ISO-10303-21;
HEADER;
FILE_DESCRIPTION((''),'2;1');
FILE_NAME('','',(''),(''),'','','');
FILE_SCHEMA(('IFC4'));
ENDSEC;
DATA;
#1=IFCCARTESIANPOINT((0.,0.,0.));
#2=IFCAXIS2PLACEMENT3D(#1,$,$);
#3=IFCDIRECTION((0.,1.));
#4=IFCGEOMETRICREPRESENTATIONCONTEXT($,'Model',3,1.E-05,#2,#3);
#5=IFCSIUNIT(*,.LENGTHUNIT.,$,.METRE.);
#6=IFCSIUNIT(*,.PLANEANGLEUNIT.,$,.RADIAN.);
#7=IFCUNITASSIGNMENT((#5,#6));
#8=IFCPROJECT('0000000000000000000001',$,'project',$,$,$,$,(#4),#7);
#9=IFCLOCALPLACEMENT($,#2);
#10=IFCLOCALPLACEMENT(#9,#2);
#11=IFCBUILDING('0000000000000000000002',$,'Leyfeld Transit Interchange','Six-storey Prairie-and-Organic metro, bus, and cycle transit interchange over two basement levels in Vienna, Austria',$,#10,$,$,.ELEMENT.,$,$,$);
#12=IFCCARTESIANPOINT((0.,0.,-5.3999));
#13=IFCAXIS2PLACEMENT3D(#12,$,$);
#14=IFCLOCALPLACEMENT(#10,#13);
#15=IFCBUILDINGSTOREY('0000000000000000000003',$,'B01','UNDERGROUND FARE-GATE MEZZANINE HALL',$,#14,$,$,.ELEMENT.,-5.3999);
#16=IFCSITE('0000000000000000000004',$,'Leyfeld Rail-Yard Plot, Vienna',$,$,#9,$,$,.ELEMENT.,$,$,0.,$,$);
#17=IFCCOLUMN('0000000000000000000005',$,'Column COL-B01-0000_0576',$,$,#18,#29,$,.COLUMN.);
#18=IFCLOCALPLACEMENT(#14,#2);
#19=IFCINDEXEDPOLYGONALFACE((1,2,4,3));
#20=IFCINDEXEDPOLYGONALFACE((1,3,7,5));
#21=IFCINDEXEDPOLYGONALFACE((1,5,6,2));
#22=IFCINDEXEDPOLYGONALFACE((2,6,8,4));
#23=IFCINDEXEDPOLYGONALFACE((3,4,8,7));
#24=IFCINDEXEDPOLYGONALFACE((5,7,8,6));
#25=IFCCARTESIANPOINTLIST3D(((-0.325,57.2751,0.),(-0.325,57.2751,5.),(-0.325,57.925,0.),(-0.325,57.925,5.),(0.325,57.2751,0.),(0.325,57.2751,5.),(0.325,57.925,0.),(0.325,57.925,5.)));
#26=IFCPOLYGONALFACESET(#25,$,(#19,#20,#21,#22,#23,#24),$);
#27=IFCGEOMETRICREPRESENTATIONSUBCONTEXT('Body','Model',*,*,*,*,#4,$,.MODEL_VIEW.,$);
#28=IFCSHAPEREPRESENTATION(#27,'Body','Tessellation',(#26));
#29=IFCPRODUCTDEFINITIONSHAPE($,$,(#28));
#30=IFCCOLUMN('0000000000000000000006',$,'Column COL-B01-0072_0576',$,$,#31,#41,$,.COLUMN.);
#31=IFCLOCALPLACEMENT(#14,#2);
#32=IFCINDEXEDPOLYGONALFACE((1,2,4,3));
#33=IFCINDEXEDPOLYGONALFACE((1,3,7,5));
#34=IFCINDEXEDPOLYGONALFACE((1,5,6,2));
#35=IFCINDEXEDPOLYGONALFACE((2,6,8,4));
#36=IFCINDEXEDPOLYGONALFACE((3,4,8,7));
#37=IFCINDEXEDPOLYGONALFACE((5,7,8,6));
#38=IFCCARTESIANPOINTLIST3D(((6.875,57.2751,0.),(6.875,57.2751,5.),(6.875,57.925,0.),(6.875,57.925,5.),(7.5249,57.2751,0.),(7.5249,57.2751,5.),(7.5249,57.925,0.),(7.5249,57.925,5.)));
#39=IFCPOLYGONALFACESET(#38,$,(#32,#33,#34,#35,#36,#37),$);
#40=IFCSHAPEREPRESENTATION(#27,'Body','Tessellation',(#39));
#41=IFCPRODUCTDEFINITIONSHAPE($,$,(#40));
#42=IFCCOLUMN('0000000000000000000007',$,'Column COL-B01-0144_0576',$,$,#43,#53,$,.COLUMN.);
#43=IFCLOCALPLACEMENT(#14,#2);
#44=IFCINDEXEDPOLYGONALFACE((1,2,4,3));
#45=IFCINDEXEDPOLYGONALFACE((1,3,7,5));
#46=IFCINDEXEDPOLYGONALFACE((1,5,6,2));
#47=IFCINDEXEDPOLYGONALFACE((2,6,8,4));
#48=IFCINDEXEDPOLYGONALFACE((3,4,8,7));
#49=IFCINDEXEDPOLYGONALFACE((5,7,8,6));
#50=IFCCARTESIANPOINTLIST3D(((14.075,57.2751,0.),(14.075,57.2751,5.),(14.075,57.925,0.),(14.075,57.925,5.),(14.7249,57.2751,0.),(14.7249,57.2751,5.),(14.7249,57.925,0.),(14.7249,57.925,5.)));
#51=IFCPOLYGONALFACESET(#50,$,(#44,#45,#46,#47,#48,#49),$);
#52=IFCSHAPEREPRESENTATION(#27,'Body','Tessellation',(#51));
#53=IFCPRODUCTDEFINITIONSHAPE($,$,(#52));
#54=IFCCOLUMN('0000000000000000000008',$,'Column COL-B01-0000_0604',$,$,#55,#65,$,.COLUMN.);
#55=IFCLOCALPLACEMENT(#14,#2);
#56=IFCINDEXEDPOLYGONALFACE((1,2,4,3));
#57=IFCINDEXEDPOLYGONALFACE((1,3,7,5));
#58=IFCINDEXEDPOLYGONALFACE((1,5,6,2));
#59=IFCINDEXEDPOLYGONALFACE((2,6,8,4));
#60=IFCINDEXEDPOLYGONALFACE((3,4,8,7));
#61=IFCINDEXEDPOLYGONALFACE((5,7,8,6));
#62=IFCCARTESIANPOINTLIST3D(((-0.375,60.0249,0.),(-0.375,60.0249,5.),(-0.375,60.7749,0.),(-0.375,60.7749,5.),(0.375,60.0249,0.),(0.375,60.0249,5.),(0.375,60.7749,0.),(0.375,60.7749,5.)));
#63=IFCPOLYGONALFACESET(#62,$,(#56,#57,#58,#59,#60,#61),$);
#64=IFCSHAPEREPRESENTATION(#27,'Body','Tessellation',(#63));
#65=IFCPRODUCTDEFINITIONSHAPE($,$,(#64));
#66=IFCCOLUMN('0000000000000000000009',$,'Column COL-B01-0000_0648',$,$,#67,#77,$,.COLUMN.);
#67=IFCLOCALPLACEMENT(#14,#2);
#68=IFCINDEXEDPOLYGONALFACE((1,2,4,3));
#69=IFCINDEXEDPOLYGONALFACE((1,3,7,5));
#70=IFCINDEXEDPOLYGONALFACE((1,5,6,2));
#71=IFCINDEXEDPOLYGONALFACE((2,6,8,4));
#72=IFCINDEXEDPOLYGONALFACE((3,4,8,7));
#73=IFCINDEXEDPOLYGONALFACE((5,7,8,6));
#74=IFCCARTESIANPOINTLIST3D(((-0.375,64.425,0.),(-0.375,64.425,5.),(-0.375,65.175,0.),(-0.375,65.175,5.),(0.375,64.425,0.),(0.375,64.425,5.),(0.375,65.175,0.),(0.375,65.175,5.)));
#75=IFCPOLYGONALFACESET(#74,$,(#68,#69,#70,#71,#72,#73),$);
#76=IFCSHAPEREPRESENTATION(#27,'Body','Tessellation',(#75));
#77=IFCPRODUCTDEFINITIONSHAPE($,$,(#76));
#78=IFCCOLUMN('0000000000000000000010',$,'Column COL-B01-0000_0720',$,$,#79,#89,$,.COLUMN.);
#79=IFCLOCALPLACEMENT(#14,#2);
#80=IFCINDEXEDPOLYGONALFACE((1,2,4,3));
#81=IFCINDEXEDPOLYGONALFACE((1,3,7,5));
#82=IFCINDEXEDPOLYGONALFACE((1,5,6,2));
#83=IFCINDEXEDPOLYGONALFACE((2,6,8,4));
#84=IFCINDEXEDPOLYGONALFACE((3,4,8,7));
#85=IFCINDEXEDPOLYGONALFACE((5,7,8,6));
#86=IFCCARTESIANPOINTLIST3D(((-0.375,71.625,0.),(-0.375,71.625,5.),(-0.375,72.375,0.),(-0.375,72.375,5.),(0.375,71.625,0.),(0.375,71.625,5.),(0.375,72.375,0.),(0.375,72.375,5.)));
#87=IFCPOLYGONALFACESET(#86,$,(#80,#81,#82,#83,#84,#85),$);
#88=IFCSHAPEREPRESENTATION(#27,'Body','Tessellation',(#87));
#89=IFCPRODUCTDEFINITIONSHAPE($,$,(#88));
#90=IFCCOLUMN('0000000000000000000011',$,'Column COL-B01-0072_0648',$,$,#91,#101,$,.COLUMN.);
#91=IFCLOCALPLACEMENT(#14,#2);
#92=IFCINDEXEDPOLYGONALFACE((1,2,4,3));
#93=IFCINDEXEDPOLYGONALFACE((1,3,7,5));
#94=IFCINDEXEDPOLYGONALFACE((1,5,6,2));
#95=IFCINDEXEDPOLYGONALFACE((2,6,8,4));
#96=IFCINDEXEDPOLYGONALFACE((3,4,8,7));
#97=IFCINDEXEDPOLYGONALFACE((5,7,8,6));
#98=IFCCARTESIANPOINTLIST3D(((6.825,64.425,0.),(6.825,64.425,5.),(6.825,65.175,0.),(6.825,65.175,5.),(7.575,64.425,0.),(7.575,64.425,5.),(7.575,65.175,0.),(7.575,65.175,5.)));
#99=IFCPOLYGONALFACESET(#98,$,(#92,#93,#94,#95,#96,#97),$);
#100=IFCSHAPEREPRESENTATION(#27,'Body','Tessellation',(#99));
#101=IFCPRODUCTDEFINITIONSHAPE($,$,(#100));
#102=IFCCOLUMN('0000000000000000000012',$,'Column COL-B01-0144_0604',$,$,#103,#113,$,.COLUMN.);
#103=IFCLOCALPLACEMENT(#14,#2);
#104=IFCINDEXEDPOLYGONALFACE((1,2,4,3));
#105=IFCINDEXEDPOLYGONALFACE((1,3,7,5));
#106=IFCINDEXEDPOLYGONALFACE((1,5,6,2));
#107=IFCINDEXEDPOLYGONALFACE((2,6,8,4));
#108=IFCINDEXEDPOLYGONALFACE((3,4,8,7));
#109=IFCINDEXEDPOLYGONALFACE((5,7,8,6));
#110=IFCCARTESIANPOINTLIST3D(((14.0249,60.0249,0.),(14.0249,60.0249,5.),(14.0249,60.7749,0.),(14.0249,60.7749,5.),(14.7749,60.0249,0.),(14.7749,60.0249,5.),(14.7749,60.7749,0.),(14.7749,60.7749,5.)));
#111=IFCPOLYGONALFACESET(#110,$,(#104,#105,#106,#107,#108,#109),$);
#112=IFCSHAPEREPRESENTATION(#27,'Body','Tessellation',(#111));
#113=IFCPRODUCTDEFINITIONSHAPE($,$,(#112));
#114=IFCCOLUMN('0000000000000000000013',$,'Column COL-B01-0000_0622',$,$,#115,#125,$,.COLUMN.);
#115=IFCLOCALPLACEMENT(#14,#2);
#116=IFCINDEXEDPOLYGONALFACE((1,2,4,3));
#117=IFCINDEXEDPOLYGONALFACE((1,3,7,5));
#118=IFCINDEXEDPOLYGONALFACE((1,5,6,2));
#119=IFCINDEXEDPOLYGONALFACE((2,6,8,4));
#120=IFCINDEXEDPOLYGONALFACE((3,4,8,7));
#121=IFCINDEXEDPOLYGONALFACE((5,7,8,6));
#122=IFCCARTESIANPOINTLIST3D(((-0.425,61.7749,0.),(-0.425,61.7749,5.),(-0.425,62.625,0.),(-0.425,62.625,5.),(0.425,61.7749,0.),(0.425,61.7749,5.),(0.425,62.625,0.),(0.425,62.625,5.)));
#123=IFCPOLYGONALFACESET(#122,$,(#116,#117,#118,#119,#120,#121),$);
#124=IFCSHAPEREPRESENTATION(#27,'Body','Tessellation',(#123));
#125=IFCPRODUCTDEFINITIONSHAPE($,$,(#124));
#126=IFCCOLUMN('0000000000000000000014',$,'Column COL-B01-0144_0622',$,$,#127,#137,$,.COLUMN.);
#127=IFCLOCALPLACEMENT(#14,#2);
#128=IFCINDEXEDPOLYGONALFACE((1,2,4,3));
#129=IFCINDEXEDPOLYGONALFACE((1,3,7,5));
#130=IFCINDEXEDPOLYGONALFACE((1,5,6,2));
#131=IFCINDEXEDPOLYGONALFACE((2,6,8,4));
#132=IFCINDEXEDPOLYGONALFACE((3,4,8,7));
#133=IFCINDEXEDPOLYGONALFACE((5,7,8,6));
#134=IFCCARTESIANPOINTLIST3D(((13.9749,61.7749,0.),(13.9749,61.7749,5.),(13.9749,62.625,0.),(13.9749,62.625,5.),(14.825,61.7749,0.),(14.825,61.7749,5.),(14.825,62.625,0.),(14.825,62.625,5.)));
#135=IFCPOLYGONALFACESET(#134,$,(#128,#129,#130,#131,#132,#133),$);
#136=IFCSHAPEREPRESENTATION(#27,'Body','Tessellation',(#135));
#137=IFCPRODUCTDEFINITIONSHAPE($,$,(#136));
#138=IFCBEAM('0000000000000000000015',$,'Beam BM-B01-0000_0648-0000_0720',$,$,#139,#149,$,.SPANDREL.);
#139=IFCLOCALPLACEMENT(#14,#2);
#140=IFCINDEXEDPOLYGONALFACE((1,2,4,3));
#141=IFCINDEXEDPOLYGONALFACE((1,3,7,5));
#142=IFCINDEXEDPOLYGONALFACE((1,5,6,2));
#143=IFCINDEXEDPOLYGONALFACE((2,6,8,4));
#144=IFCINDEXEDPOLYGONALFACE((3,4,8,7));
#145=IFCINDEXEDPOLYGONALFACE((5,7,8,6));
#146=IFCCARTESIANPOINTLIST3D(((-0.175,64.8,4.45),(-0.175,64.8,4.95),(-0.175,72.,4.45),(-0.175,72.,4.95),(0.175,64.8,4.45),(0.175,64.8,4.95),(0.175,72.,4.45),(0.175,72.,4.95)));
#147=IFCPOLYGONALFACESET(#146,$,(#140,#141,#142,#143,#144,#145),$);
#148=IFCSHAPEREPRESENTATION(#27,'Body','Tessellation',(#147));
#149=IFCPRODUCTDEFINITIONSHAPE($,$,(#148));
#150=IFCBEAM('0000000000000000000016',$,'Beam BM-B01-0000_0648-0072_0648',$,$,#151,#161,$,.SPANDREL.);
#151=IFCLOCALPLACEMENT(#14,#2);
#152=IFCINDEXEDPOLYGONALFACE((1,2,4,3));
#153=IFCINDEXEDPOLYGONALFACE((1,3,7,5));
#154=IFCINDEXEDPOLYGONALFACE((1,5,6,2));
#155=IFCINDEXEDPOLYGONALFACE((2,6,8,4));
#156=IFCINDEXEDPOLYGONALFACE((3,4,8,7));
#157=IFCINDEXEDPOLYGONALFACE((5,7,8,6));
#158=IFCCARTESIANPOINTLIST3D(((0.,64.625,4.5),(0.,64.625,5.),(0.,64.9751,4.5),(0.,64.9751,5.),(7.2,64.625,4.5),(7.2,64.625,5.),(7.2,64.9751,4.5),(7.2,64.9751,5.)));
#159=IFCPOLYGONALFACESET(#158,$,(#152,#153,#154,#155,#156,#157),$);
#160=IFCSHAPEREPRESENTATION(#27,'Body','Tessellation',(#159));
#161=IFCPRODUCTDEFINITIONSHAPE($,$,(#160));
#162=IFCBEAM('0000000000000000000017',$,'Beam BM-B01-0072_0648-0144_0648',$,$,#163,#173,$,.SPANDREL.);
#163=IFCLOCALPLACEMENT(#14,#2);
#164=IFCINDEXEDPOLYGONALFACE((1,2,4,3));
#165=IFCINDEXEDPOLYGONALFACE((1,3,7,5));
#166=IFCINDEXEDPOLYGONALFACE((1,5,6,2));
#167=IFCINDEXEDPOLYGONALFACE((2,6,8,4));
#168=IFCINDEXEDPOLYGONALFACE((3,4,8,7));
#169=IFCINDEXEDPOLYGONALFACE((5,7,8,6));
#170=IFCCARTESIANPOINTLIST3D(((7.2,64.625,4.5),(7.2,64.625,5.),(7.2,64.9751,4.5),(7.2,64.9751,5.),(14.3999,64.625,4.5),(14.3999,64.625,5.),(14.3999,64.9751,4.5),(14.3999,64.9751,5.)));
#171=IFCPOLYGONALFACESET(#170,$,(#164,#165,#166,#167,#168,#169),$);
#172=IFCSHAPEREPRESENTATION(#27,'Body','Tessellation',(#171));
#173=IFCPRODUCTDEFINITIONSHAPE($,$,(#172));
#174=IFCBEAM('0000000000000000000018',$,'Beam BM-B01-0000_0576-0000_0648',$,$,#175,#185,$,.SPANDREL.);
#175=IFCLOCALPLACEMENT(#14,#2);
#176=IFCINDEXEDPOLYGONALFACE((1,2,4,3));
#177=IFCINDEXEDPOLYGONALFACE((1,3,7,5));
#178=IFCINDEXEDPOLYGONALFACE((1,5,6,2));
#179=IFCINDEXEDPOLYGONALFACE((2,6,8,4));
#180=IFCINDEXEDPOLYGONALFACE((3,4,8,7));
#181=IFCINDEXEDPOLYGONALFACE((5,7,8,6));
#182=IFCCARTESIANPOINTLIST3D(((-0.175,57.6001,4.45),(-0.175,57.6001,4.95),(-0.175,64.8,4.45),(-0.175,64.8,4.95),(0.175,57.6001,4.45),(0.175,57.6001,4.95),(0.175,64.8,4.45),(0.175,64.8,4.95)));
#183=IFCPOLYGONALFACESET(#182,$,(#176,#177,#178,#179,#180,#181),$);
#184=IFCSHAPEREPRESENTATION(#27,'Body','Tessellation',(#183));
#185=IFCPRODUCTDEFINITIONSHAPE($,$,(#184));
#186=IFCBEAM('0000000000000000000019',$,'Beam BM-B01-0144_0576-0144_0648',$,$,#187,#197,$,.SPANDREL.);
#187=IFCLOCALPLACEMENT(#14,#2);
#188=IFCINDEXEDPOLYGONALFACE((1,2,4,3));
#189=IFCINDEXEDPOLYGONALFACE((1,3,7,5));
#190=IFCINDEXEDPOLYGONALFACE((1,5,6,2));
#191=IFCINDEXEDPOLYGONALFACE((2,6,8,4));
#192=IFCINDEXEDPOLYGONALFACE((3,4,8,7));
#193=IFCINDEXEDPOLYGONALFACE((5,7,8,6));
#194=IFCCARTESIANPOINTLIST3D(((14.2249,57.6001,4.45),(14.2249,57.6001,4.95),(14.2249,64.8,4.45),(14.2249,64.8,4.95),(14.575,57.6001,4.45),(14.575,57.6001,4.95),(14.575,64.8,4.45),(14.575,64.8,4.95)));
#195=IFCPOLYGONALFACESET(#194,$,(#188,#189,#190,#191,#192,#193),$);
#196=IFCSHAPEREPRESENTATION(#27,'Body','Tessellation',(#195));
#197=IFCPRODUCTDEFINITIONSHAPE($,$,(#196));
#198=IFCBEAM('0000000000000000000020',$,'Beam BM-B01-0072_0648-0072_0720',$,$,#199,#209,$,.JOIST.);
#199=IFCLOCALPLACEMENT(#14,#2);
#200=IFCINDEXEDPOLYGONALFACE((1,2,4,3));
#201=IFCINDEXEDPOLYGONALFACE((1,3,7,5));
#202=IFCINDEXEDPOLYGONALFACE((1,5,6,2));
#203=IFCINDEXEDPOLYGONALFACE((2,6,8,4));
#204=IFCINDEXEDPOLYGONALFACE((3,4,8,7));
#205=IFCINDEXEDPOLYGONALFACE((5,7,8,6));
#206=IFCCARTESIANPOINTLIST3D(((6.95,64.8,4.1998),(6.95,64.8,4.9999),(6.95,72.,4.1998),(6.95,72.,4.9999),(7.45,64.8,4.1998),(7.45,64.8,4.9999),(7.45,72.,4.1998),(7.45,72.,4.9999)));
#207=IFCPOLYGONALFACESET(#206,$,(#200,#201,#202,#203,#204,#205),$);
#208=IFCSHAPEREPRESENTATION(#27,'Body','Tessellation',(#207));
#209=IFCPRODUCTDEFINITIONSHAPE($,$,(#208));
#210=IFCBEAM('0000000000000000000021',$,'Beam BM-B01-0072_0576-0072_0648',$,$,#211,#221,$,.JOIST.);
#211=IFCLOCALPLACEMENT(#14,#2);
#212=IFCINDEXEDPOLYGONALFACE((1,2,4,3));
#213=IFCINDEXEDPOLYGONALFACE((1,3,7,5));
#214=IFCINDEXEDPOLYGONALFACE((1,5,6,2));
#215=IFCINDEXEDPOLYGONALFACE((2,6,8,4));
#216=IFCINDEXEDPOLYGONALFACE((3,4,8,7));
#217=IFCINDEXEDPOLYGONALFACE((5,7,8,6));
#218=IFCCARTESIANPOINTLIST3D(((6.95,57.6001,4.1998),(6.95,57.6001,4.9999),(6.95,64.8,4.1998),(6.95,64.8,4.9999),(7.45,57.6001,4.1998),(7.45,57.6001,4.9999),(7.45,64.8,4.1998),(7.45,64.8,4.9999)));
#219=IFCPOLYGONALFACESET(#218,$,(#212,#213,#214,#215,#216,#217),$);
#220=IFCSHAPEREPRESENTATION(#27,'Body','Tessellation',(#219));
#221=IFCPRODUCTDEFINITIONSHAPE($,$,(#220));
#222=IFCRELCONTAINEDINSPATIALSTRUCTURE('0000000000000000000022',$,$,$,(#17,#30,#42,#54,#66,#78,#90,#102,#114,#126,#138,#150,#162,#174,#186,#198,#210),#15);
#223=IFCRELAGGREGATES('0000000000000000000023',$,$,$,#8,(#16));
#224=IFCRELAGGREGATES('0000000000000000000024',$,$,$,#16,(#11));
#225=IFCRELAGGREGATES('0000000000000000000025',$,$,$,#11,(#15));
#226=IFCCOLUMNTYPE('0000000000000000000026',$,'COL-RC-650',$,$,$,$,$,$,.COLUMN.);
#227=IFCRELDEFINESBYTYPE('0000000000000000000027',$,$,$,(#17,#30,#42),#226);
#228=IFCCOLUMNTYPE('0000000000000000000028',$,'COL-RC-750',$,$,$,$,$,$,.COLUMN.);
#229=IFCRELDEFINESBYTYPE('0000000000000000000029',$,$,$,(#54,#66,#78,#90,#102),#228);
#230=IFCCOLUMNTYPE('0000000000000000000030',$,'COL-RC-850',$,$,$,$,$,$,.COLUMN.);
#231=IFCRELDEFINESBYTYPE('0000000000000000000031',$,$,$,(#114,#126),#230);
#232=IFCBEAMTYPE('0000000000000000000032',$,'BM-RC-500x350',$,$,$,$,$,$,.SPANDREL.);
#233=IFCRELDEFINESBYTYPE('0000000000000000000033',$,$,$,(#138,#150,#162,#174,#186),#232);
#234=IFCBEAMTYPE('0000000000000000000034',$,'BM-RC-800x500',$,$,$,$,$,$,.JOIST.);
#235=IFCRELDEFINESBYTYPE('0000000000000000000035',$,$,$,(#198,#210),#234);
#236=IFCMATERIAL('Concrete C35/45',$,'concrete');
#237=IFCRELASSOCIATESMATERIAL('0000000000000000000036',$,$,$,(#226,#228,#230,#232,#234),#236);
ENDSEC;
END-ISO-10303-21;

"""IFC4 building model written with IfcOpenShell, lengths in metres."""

from ifc_helpers import new_model, si_unit, direction, frame, origin, origin_2d, place, context, subcontext, project, spatial, rectangle, extrude, material, material_profile, profile_set, type_object, element, save


model = new_model("IFC4")

# Units and contexts
model_context = context("Model", 3, precision=1e-05, world=origin(), true_north=direction((0.0, 1.0)))
body_context = subcontext(model_context, "Body", "Model", "MODEL_VIEW")
ifc_project = project(units=[si_unit("LENGTHUNIT", "METRE"), si_unit("PLANEANGLEUNIT", "RADIAN")], contexts=[model_context])

# Site, building, storey
site_placement = place(None, origin())
site = spatial("IfcSite", under=ifc_project, at=site_placement, Name="Leyfeld Rail-Yard Plot, Vienna", CompositionType="ELEMENT", RefElevation=0.0)
building_placement = place(site_placement, origin())
building = spatial("IfcBuilding", under=site, at=building_placement, Name="Leyfeld Transit Interchange", Description="Six-storey Prairie-and-Organic metro, bus, and cycle transit interchange over two basement levels in Vienna, Austria", CompositionType="ELEMENT")
storey_placement = place(building_placement, frame((0.0, 0.0, -5.3999)))
storey = spatial("IfcBuildingStorey", under=building, at=storey_placement, Name="B01", Description="UNDERGROUND FARE-GATE MEZZANINE HALL", CompositionType="ELEMENT", Elevation=-5.3999)

# Columns
ifc_material_1 = material(Name="Concrete C35/45", Category="concrete")
ifc_material_profile_1 = material_profile(ifc_material_1, rectangle(XDim=0.6499, YDim=0.6499, at=origin_2d()), Name="RC 650x650")
ifc_profile_set_1 = profile_set([ifc_material_profile_1], Name="Concrete C35/45")
column_type_1 = type_object("IfcColumnType", Name="COL-RC-650", PredefinedType="COLUMN", material=ifc_profile_set_1)
for number, where, z_axis, x_axis, name in (
    (1, (0.0, 57.6001, 0.0), (0.0, 0.0, 1.0), (1.0, 0.0, 0.0), "Column COL-B01-0000_0576"),
    (2, (7.2, 57.6001, 0.0), (0.0, 0.0, 1.0), (1.0, 0.0, 0.0), "Column COL-B01-0072_0576"),
    (3, (14.3999, 57.6001, 0.0), (0.0, 0.0, 1.0), (1.0, 0.0, 0.0), "Column COL-B01-0144_0576"),
):
    element("IfcColumn", number, at=place(storey_placement, frame(where, z_axis=z_axis, x_axis=x_axis)), inside=storey, type_object=column_type_1, Name=name, PredefinedType="COLUMN", context=body_context, shape_type="SweptSolid", body=[
        extrude(rectangle(XDim=0.6499, YDim=0.6499, at=origin_2d()), origin(), (0.0, 0.0, 1.0), 5.0),
    ])
ifc_material_profile_2 = material_profile(ifc_material_1, rectangle(XDim=0.75, YDim=0.75, at=origin_2d()), Name="RC 750x750")
ifc_profile_set_2 = profile_set([ifc_material_profile_2], Name="Concrete C35/45")
column_type_2 = type_object("IfcColumnType", Name="COL-RC-750", PredefinedType="COLUMN", material=ifc_profile_set_2)
for number, where, z_axis, x_axis, name in (
    (4, (0.0, 60.3999, 0.0), (0.0, 0.0, 1.0), (1.0, 0.0, 0.0), "Column COL-B01-0000_0604"),
    (5, (0.0, 64.8, 0.0), (0.0, 0.0, 1.0), (1.0, 0.0, 0.0), "Column COL-B01-0000_0648"),
    (6, (0.0, 72.0, 0.0), (0.0, 0.0, 1.0), (0.0, 1.0, 0.0), "Column COL-B01-0000_0720"),
    (7, (7.2, 64.8, 0.0), (0.0, 0.0, 1.0), (1.0, 0.0, 0.0), "Column COL-B01-0072_0648"),
    (8, (14.3999, 60.3999, 0.0), (0.0, 0.0, 1.0), (1.0, 0.0, 0.0), "Column COL-B01-0144_0604"),
):
    element("IfcColumn", number, at=place(storey_placement, frame(where, z_axis=z_axis, x_axis=x_axis)), inside=storey, type_object=column_type_2, Name=name, PredefinedType="COLUMN", context=body_context, shape_type="SweptSolid", body=[
        extrude(rectangle(XDim=0.75, YDim=0.75, at=origin_2d()), origin(), (0.0, 0.0, 1.0), 5.0),
    ])
ifc_material_profile_3 = material_profile(ifc_material_1, rectangle(XDim=0.8501, YDim=0.8501, at=origin_2d()), Name="RC 850x850")
ifc_profile_set_3 = profile_set([ifc_material_profile_3], Name="Concrete C35/45")
column_type_3 = type_object("IfcColumnType", Name="COL-RC-850", PredefinedType="COLUMN", material=ifc_profile_set_3)
for number, where, z_axis, x_axis, name in (
    (9, (0.0, 62.2, 0.0), (0.0, 0.0, 1.0), (1.0, 0.0, 0.0), "Column COL-B01-0000_0622"),
    (10, (14.3999, 62.2, 0.0), (0.0, 0.0, 1.0), (1.0, 0.0, 0.0), "Column COL-B01-0144_0622"),
):
    element("IfcColumn", number, at=place(storey_placement, frame(where, z_axis=z_axis, x_axis=x_axis)), inside=storey, type_object=column_type_3, Name=name, PredefinedType="COLUMN", context=body_context, shape_type="SweptSolid", body=[
        extrude(rectangle(XDim=0.8501, YDim=0.8501, at=origin_2d()), origin(), (0.0, 0.0, 1.0), 5.0),
    ])

# Beams
ifc_material_profile_4 = material_profile(ifc_material_1, rectangle(XDim=0.3501, YDim=0.5, at=origin_2d()), Name="RC 500x350")
ifc_profile_set_4 = profile_set([ifc_material_profile_4], Name="Concrete C35/45")
beam_type_1 = type_object("IfcBeamType", Name="BM-RC-500x350", PredefinedType="SPANDREL", material=ifc_profile_set_4)
for number, where, z_axis, x_axis, name in (
    (11, (0.0, 64.8, 4.7), (0.0, 1.0, 0.0), (-1.0, 0.0, 0.0), "Beam BM-B01-0000_0648-0000_0720"),
    (12, (0.0, 64.8, 4.75), (1.0, 0.0, 0.0), (0.0, 1.0, 0.0), "Beam BM-B01-0000_0648-0072_0648"),
    (13, (7.2, 64.8, 4.75), (1.0, 0.0, 0.0), (0.0, 1.0, 0.0), "Beam BM-B01-0072_0648-0144_0648"),
    (14, (0.0, 57.6001, 4.7), (0.0, 1.0, 0.0), (-1.0, 0.0, 0.0), "Beam BM-B01-0000_0576-0000_0648"),
    (15, (14.3999, 57.6001, 4.7), (0.0, 1.0, 0.0), (-1.0, 0.0, 0.0), "Beam BM-B01-0144_0576-0144_0648"),
):
    element("IfcBeam", number, at=place(storey_placement, frame(where, z_axis=z_axis, x_axis=x_axis)), inside=storey, type_object=beam_type_1, Name=name, PredefinedType="SPANDREL", context=body_context, shape_type="SweptSolid", body=[
        extrude(rectangle(XDim=0.3501, YDim=0.5, at=origin_2d()), origin(), (0.0, 0.0, 1.0), 7.2),
    ])
ifc_material_profile_5 = material_profile(ifc_material_1, rectangle(XDim=0.5, YDim=0.8, at=origin_2d()), Name="RC 800x500")
ifc_profile_set_5 = profile_set([ifc_material_profile_5], Name="Concrete C35/45")
beam_type_2 = type_object("IfcBeamType", Name="BM-RC-800x500", PredefinedType="JOIST", material=ifc_profile_set_5)
for number, where, z_axis, x_axis, name in (
    (16, (7.2, 64.8, 4.5999), (0.0, 1.0, 0.0), (-1.0, 0.0, 0.0), "Beam BM-B01-0072_0648-0072_0720"),
    (17, (7.2, 57.6001, 4.5999), (0.0, 1.0, 0.0), (-1.0, 0.0, 0.0), "Beam BM-B01-0072_0576-0072_0648"),
):
    element("IfcBeam", number, at=place(storey_placement, frame(where, z_axis=z_axis, x_axis=x_axis)), inside=storey, type_object=beam_type_2, Name=name, PredefinedType="JOIST", context=body_context, shape_type="SweptSolid", body=[
        extrude(rectangle(XDim=0.5, YDim=0.8, at=origin_2d()), origin(), (0.0, 0.0, 1.0), 7.2),
    ])

save(model, "model.ifc")
